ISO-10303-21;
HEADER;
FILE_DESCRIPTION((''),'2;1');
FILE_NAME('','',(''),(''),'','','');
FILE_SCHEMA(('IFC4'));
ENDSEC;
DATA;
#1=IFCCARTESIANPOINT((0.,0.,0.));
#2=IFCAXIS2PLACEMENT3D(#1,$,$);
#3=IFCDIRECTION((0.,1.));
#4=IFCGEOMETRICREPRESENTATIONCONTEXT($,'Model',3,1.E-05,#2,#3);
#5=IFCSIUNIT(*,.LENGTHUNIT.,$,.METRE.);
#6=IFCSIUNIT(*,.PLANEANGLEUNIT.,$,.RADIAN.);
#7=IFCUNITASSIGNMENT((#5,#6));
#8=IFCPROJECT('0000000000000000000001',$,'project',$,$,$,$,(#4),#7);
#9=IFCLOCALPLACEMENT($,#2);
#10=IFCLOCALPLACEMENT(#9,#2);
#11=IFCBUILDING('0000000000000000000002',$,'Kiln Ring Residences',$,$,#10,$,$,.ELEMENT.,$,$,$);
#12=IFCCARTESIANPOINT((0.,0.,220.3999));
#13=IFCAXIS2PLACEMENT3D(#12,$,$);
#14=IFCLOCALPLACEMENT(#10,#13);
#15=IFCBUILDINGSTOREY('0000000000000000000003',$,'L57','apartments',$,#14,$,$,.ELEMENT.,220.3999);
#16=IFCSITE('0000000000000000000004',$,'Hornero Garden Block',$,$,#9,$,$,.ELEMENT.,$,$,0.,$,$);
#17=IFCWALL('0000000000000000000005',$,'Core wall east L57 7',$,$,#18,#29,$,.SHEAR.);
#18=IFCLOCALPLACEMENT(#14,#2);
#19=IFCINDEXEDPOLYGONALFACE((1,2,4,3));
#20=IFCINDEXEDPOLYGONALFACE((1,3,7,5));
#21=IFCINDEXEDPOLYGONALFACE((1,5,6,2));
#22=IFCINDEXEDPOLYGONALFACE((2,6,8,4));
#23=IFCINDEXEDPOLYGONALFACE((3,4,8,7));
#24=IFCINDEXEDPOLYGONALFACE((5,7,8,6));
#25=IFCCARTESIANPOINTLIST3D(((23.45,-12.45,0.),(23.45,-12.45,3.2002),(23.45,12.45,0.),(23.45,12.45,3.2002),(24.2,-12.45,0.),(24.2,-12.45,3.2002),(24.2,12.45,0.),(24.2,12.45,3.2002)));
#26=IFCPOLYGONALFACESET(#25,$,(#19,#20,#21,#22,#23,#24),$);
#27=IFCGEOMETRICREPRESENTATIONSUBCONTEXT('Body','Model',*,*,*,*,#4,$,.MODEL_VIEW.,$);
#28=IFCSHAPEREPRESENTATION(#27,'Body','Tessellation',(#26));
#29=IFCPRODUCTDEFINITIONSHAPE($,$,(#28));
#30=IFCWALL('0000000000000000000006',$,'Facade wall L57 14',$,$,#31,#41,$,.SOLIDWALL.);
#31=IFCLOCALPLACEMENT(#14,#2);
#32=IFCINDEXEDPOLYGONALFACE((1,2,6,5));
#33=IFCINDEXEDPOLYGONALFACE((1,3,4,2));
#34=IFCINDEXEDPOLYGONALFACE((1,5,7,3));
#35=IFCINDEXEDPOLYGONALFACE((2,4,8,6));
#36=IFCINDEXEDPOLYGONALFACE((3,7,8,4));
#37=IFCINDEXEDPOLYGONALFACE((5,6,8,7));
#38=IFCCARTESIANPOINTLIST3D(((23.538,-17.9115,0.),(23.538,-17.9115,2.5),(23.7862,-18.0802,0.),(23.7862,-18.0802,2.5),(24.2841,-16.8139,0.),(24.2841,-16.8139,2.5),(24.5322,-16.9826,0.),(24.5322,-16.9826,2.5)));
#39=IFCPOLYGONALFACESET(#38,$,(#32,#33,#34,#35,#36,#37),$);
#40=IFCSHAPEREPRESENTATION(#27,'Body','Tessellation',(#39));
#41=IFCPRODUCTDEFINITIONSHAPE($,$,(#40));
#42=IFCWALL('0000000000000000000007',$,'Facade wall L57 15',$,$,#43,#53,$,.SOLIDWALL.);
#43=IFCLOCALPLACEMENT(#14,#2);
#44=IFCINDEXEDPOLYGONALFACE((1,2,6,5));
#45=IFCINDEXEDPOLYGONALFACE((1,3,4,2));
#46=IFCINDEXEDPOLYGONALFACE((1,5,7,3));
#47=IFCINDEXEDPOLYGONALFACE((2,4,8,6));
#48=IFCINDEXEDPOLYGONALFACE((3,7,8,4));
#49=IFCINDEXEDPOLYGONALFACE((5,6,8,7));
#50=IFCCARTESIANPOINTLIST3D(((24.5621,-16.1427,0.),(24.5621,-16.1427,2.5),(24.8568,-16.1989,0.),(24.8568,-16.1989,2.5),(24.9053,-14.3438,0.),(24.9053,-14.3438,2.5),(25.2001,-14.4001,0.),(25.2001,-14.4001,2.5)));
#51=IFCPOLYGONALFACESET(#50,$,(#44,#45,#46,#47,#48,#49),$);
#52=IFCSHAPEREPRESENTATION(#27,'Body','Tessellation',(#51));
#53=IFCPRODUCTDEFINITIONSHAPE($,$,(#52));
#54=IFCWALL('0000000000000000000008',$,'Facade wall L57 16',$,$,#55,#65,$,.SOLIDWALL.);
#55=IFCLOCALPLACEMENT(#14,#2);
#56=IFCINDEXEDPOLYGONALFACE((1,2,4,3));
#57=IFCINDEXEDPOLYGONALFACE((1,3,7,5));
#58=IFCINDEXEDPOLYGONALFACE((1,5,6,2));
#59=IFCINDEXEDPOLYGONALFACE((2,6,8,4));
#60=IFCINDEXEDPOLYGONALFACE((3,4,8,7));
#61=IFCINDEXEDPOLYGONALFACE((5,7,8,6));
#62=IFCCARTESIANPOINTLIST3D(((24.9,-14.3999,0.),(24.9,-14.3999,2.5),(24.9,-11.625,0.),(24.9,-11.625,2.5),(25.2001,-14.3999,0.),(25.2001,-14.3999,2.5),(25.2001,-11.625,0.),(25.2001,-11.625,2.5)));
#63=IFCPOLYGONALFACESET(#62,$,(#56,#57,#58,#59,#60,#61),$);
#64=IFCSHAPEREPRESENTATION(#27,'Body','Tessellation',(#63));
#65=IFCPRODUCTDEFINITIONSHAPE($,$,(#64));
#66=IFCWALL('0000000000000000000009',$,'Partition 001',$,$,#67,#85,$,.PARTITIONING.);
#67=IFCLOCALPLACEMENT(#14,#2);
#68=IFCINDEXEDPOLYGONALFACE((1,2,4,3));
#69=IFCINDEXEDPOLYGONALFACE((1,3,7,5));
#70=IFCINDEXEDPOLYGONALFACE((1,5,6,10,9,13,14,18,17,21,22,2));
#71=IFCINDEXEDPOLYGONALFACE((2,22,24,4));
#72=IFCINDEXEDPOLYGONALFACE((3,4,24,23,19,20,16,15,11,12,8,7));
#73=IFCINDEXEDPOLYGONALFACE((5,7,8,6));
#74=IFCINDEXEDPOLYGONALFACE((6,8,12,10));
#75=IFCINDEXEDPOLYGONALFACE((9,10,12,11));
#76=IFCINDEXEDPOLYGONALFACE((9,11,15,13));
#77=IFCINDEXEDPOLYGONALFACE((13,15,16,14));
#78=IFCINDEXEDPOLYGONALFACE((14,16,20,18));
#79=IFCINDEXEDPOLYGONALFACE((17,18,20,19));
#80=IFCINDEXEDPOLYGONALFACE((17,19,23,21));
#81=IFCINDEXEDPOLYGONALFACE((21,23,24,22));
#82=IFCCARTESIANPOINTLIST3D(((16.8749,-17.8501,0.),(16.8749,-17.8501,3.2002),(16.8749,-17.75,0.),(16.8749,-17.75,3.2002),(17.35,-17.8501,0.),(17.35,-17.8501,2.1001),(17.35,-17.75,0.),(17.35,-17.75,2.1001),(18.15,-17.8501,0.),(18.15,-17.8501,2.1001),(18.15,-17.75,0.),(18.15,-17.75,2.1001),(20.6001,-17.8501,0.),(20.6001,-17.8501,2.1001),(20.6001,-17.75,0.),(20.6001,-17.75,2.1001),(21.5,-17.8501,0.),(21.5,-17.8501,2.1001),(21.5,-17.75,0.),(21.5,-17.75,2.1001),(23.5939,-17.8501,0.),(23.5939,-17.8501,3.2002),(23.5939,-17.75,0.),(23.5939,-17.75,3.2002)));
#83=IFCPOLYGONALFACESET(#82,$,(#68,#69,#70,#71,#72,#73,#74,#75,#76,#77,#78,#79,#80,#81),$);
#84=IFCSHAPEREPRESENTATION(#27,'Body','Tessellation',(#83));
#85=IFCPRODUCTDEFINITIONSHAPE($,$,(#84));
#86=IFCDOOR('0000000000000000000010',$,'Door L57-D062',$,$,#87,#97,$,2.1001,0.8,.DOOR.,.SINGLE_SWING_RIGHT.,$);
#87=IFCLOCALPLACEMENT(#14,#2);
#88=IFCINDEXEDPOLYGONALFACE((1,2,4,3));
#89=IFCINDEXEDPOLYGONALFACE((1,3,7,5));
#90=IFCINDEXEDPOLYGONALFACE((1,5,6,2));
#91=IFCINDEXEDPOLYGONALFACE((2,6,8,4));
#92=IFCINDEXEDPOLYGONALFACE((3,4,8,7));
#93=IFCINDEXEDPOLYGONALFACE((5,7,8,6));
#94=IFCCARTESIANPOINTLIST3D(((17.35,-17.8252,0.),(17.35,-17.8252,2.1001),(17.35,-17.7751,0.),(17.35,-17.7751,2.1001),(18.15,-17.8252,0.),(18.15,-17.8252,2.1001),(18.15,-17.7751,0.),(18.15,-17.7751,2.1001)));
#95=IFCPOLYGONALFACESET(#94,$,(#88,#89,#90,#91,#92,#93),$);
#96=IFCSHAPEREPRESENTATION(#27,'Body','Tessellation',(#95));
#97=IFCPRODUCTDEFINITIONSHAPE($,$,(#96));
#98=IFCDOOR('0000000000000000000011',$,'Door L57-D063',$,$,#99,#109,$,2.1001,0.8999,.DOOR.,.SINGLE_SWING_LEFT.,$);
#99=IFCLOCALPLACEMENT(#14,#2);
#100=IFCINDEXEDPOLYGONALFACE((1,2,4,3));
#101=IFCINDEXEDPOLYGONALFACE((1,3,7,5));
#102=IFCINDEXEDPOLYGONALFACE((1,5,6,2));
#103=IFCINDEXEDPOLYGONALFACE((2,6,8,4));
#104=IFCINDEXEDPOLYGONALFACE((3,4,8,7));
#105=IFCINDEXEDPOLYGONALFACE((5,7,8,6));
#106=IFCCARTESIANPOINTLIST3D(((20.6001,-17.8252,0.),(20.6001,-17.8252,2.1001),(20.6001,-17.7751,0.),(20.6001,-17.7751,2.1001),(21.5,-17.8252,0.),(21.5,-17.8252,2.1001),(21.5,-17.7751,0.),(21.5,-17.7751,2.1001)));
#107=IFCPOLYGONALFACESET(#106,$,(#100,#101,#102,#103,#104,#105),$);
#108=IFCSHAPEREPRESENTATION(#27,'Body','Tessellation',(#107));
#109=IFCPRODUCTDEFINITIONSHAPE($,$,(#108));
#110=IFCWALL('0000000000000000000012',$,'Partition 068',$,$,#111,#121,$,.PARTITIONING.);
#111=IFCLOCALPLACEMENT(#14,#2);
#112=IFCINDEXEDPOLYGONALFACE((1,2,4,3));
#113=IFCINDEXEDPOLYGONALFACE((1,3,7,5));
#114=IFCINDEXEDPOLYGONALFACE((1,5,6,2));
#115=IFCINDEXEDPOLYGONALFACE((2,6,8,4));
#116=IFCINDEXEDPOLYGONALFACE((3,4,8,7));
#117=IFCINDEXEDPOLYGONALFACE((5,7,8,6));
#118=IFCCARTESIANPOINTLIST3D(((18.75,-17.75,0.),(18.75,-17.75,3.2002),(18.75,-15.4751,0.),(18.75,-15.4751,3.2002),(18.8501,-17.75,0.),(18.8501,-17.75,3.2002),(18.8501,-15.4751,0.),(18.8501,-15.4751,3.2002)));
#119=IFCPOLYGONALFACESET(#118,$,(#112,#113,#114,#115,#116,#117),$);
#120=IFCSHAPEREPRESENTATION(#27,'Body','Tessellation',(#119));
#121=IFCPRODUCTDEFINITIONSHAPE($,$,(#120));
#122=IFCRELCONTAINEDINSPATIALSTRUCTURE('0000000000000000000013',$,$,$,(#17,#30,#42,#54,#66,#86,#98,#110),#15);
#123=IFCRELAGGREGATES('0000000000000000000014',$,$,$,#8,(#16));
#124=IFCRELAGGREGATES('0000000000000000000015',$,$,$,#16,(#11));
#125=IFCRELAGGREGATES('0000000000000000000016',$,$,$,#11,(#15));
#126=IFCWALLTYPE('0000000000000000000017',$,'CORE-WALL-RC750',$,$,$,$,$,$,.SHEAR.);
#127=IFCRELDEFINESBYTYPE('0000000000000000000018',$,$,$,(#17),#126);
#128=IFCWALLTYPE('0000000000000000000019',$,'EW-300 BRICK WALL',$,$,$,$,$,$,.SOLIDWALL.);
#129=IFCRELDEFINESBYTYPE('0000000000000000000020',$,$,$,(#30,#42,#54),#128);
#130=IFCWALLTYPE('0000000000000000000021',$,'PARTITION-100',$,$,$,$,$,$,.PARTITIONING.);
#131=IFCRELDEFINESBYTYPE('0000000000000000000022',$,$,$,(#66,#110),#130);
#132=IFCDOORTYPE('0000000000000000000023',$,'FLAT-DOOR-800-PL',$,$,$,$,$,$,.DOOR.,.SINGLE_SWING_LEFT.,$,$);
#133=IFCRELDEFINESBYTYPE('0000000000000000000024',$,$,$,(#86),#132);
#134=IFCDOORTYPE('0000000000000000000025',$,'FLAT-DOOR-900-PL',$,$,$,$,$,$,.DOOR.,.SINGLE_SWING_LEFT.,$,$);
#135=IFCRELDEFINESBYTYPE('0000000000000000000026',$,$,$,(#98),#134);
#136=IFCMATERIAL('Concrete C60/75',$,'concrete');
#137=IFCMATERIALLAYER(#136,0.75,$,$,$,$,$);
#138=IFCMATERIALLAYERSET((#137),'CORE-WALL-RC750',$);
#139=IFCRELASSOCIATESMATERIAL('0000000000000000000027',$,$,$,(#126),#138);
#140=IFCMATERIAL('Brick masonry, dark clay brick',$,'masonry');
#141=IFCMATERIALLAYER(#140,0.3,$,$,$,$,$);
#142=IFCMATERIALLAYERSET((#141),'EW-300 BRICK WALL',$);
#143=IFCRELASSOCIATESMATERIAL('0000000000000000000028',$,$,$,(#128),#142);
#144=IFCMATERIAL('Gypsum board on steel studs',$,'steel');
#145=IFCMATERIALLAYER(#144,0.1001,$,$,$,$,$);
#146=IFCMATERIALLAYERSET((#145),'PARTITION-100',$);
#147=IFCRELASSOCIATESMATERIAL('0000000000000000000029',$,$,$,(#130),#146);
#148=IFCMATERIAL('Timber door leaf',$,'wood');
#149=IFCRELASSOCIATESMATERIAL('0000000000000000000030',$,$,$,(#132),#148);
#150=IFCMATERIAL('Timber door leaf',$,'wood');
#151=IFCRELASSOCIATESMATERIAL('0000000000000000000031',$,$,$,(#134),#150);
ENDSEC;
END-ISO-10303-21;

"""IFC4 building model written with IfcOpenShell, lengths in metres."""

from ifc_helpers import new_model, si_unit, direction, frame, frame_2d, origin, place, context, subcontext, project, spatial, rectangle, extrude, material, layer, layer_set, type_object, element, fill, save


model = new_model("IFC4")

# Units and contexts
model_context = context("Model", 3, precision=1e-05, world=origin(), true_north=direction((0.0, 1.0)))
body_context = subcontext(model_context, "Body", "Model", "MODEL_VIEW")
ifc_project = project(units=[si_unit("LENGTHUNIT", "METRE"), si_unit("PLANEANGLEUNIT", "RADIAN")], contexts=[model_context])

# Site, building, storey
site_placement = place(None, origin())
site = spatial("IfcSite", under=ifc_project, at=site_placement, Name="Hornero Garden Block", CompositionType="ELEMENT", RefElevation=0.0)
building_placement = place(site_placement, origin())
building = spatial("IfcBuilding", under=site, at=building_placement, Name="Kiln Ring Residences", CompositionType="ELEMENT")
storey_placement = place(building_placement, frame((0.0, 0.0, 220.3999)))
storey = spatial("IfcBuildingStorey", under=building, at=storey_placement, Name="L57", Description="apartments", CompositionType="ELEMENT", Elevation=220.3999)

# Walls
ifc_material_1 = material(Name="Concrete C60/75", Category="concrete")
ifc_layer_1 = layer(ifc_material_1, 0.75)
ifc_layer_set_1 = layer_set([ifc_layer_1], Name="CORE-WALL-RC750")
wall_type_1 = type_object("IfcWallType", Name="CORE-WALL-RC750", PredefinedType="SHEAR", material=ifc_layer_set_1)
wall_1_placement = place(storey_placement, frame((23.825, -12.45, 0.0), z_axis=(0.0, 0.0, 1.0), x_axis=(0.0, 1.0, 0.0)))
element("IfcWall", 1, at=wall_1_placement, inside=storey, type_object=wall_type_1, Name="Core wall east L57 7", PredefinedType="SHEAR", context=body_context, shape_type="SweptSolid", body=[
    extrude(rectangle(XDim=24.8999, YDim=0.75, at=frame_2d((12.45, 0.0))), origin(), (0.0, 0.0, 1.0), 3.2002),
])
ifc_material_2 = material(Name="Brick masonry, dark clay brick", Category="masonry")
ifc_layer_2 = layer(ifc_material_2, 0.3)
ifc_layer_set_2 = layer_set([ifc_layer_2], Name="EW-300 BRICK WALL")
wall_type_2 = type_object("IfcWallType", Name="EW-300 BRICK WALL", PredefinedType="SOLIDWALL", material=ifc_layer_set_2)
wall_2_placement = place(storey_placement, frame((23.6621, -17.9958, 0.0), z_axis=(0.0, 0.0, 1.0), x_axis=(0.562149, 0.827036, 0.0)))
element("IfcWall", 2, at=wall_2_placement, inside=storey, type_object=wall_type_2, Name="Facade wall L57 14", PredefinedType="SOLIDWALL", context=body_context, shape_type="SweptSolid", body=[
    extrude(rectangle(XDim=1.3271, YDim=0.3, at=frame_2d((0.6636, 0.0))), origin(), (0.0, 0.0, 1.0), 2.5),
])
wall_3_placement = place(storey_placement, frame((24.7095, -16.1707, 0.0), z_axis=(0.0, 0.0, 1.0), x_axis=(0.187443, 0.982275, 0.0)))
element("IfcWall", 3, at=wall_3_placement, inside=storey, type_object=wall_type_2, Name="Facade wall L57 15", PredefinedType="SOLIDWALL", context=body_context, shape_type="SweptSolid", body=[
    extrude(rectangle(XDim=1.8313, YDim=0.3, at=frame_2d((0.9155, 0.0))), origin(), (0.0, 0.0, 1.0), 2.5),
])
wall_4_placement = place(storey_placement, frame((25.05, -14.3999, 0.0), z_axis=(0.0, 0.0, 1.0), x_axis=(0.0, 1.0, 0.0)))
element("IfcWall", 4, at=wall_4_placement, inside=storey, type_object=wall_type_2, Name="Facade wall L57 16", PredefinedType="SOLIDWALL", context=body_context, shape_type="SweptSolid", body=[
    extrude(rectangle(XDim=2.7749, YDim=0.3, at=frame_2d((1.3875, 0.0))), origin(), (0.0, 0.0, 1.0), 2.5),
])

# Wall, openings, doors
ifc_material_3 = material(Name="Gypsum board on steel studs", Category="steel")
ifc_layer_3 = layer(ifc_material_3, 0.1001)
ifc_layer_set_3 = layer_set([ifc_layer_3], Name="PARTITION-100")
wall_type_3 = type_object("IfcWallType", Name="PARTITION-100", PredefinedType="PARTITIONING", material=ifc_layer_set_3)
wall_5_placement = place(storey_placement, frame((16.875, -17.8, 0.0), z_axis=(0.0, 0.0, 1.0), x_axis=(1.0, 0.0, 0.0)))
wall_5 = element("IfcWall", 5, at=wall_5_placement, inside=storey, type_object=wall_type_3, Name="Partition 001", PredefinedType="PARTITIONING", context=body_context, shape_type="SweptSolid", body=[
    extrude(rectangle(XDim=6.719, YDim=0.1001, at=frame_2d((3.3594, 0.0))), origin(), (0.0, 0.0, 1.0), 3.2002),
])
opening_1_placement = place(wall_5_placement, frame((0.4751, 0.0, 0.0)))
opening_1 = element("IfcOpeningElement", 6, at=opening_1_placement, cuts=wall_5, PredefinedType="OPENING", context=body_context, shape_type="SweptSolid", body=[
    extrude(rectangle(XDim=0.8, YDim=2.1001, at=frame_2d((0.3999, 1.05))), frame((0.0, 0.0601, 0.0), z_axis=(0.0, -1.0, 0.0), x_axis=(1.0, 0.0, 0.0)), (0.0, 0.0, 1.0), 0.1201),
])
opening_2_placement = place(wall_5_placement, frame((3.7251, 0.0, 0.0)))
opening_2 = element("IfcOpeningElement", 7, at=opening_2_placement, cuts=wall_5, PredefinedType="OPENING", context=body_context, shape_type="SweptSolid", body=[
    extrude(rectangle(XDim=0.8999, YDim=2.1001, at=frame_2d((0.45, 1.05))), frame((0.0, 0.0601, 0.0), z_axis=(0.0, -1.0, 0.0), x_axis=(1.0, 0.0, 0.0)), (0.0, 0.0, 1.0), 0.1201),
])
ifc_material_4 = material(Name="Timber door leaf", Category="wood")
door_type_1 = type_object("IfcDoorType", Name="FLAT-DOOR-800-PL", OperationType="SINGLE_SWING_LEFT", PredefinedType="DOOR", material=ifc_material_4)
door_1_placement = place(opening_1_placement, origin())
door_1 = element("IfcDoor", 8, at=door_1_placement, inside=storey, type_object=door_type_1, Name="Door L57-D062", OperationType="SINGLE_SWING_RIGHT", OverallHeight=2.1001, OverallWidth=0.8, PredefinedType="DOOR", context=body_context, shape_type="SweptSolid", body=[
    extrude(rectangle(XDim=0.8, YDim=2.1001, at=frame_2d((0.3999, 1.05))), frame((0.0, 0.0249, 0.0), z_axis=(0.0, -1.0, 0.0), x_axis=(1.0, 0.0, 0.0)), (0.0, 0.0, 1.0), 0.05),
])
fill(opening_1, door_1)
ifc_material_5 = material(Name="Timber door leaf", Category="wood")
door_type_2 = type_object("IfcDoorType", Name="FLAT-DOOR-900-PL", OperationType="SINGLE_SWING_LEFT", PredefinedType="DOOR", material=ifc_material_5)
door_2_placement = place(opening_2_placement, origin())
door_2 = element("IfcDoor", 9, at=door_2_placement, inside=storey, type_object=door_type_2, Name="Door L57-D063", OperationType="SINGLE_SWING_LEFT", OverallHeight=2.1001, OverallWidth=0.8999, PredefinedType="DOOR", context=body_context, shape_type="SweptSolid", body=[
    extrude(rectangle(XDim=0.8999, YDim=2.1001, at=frame_2d((0.45, 1.05))), frame((0.0, 0.0249, 0.0), z_axis=(0.0, -1.0, 0.0), x_axis=(1.0, 0.0, 0.0)), (0.0, 0.0, 1.0), 0.05),
])
fill(opening_2, door_2)

# Wall
wall_6_placement = place(storey_placement, frame((18.8, -17.75, 0.0), z_axis=(0.0, 0.0, 1.0), x_axis=(0.0, 1.0, 0.0)))
element("IfcWall", 10, at=wall_6_placement, inside=storey, type_object=wall_type_3, Name="Partition 068", PredefinedType="PARTITIONING", context=body_context, shape_type="SweptSolid", body=[
    extrude(rectangle(XDim=2.2749, YDim=0.1001, at=frame_2d((1.1375, 0.0))), origin(), (0.0, 0.0, 1.0), 3.2002),
])

save(model, "model.ifc")
